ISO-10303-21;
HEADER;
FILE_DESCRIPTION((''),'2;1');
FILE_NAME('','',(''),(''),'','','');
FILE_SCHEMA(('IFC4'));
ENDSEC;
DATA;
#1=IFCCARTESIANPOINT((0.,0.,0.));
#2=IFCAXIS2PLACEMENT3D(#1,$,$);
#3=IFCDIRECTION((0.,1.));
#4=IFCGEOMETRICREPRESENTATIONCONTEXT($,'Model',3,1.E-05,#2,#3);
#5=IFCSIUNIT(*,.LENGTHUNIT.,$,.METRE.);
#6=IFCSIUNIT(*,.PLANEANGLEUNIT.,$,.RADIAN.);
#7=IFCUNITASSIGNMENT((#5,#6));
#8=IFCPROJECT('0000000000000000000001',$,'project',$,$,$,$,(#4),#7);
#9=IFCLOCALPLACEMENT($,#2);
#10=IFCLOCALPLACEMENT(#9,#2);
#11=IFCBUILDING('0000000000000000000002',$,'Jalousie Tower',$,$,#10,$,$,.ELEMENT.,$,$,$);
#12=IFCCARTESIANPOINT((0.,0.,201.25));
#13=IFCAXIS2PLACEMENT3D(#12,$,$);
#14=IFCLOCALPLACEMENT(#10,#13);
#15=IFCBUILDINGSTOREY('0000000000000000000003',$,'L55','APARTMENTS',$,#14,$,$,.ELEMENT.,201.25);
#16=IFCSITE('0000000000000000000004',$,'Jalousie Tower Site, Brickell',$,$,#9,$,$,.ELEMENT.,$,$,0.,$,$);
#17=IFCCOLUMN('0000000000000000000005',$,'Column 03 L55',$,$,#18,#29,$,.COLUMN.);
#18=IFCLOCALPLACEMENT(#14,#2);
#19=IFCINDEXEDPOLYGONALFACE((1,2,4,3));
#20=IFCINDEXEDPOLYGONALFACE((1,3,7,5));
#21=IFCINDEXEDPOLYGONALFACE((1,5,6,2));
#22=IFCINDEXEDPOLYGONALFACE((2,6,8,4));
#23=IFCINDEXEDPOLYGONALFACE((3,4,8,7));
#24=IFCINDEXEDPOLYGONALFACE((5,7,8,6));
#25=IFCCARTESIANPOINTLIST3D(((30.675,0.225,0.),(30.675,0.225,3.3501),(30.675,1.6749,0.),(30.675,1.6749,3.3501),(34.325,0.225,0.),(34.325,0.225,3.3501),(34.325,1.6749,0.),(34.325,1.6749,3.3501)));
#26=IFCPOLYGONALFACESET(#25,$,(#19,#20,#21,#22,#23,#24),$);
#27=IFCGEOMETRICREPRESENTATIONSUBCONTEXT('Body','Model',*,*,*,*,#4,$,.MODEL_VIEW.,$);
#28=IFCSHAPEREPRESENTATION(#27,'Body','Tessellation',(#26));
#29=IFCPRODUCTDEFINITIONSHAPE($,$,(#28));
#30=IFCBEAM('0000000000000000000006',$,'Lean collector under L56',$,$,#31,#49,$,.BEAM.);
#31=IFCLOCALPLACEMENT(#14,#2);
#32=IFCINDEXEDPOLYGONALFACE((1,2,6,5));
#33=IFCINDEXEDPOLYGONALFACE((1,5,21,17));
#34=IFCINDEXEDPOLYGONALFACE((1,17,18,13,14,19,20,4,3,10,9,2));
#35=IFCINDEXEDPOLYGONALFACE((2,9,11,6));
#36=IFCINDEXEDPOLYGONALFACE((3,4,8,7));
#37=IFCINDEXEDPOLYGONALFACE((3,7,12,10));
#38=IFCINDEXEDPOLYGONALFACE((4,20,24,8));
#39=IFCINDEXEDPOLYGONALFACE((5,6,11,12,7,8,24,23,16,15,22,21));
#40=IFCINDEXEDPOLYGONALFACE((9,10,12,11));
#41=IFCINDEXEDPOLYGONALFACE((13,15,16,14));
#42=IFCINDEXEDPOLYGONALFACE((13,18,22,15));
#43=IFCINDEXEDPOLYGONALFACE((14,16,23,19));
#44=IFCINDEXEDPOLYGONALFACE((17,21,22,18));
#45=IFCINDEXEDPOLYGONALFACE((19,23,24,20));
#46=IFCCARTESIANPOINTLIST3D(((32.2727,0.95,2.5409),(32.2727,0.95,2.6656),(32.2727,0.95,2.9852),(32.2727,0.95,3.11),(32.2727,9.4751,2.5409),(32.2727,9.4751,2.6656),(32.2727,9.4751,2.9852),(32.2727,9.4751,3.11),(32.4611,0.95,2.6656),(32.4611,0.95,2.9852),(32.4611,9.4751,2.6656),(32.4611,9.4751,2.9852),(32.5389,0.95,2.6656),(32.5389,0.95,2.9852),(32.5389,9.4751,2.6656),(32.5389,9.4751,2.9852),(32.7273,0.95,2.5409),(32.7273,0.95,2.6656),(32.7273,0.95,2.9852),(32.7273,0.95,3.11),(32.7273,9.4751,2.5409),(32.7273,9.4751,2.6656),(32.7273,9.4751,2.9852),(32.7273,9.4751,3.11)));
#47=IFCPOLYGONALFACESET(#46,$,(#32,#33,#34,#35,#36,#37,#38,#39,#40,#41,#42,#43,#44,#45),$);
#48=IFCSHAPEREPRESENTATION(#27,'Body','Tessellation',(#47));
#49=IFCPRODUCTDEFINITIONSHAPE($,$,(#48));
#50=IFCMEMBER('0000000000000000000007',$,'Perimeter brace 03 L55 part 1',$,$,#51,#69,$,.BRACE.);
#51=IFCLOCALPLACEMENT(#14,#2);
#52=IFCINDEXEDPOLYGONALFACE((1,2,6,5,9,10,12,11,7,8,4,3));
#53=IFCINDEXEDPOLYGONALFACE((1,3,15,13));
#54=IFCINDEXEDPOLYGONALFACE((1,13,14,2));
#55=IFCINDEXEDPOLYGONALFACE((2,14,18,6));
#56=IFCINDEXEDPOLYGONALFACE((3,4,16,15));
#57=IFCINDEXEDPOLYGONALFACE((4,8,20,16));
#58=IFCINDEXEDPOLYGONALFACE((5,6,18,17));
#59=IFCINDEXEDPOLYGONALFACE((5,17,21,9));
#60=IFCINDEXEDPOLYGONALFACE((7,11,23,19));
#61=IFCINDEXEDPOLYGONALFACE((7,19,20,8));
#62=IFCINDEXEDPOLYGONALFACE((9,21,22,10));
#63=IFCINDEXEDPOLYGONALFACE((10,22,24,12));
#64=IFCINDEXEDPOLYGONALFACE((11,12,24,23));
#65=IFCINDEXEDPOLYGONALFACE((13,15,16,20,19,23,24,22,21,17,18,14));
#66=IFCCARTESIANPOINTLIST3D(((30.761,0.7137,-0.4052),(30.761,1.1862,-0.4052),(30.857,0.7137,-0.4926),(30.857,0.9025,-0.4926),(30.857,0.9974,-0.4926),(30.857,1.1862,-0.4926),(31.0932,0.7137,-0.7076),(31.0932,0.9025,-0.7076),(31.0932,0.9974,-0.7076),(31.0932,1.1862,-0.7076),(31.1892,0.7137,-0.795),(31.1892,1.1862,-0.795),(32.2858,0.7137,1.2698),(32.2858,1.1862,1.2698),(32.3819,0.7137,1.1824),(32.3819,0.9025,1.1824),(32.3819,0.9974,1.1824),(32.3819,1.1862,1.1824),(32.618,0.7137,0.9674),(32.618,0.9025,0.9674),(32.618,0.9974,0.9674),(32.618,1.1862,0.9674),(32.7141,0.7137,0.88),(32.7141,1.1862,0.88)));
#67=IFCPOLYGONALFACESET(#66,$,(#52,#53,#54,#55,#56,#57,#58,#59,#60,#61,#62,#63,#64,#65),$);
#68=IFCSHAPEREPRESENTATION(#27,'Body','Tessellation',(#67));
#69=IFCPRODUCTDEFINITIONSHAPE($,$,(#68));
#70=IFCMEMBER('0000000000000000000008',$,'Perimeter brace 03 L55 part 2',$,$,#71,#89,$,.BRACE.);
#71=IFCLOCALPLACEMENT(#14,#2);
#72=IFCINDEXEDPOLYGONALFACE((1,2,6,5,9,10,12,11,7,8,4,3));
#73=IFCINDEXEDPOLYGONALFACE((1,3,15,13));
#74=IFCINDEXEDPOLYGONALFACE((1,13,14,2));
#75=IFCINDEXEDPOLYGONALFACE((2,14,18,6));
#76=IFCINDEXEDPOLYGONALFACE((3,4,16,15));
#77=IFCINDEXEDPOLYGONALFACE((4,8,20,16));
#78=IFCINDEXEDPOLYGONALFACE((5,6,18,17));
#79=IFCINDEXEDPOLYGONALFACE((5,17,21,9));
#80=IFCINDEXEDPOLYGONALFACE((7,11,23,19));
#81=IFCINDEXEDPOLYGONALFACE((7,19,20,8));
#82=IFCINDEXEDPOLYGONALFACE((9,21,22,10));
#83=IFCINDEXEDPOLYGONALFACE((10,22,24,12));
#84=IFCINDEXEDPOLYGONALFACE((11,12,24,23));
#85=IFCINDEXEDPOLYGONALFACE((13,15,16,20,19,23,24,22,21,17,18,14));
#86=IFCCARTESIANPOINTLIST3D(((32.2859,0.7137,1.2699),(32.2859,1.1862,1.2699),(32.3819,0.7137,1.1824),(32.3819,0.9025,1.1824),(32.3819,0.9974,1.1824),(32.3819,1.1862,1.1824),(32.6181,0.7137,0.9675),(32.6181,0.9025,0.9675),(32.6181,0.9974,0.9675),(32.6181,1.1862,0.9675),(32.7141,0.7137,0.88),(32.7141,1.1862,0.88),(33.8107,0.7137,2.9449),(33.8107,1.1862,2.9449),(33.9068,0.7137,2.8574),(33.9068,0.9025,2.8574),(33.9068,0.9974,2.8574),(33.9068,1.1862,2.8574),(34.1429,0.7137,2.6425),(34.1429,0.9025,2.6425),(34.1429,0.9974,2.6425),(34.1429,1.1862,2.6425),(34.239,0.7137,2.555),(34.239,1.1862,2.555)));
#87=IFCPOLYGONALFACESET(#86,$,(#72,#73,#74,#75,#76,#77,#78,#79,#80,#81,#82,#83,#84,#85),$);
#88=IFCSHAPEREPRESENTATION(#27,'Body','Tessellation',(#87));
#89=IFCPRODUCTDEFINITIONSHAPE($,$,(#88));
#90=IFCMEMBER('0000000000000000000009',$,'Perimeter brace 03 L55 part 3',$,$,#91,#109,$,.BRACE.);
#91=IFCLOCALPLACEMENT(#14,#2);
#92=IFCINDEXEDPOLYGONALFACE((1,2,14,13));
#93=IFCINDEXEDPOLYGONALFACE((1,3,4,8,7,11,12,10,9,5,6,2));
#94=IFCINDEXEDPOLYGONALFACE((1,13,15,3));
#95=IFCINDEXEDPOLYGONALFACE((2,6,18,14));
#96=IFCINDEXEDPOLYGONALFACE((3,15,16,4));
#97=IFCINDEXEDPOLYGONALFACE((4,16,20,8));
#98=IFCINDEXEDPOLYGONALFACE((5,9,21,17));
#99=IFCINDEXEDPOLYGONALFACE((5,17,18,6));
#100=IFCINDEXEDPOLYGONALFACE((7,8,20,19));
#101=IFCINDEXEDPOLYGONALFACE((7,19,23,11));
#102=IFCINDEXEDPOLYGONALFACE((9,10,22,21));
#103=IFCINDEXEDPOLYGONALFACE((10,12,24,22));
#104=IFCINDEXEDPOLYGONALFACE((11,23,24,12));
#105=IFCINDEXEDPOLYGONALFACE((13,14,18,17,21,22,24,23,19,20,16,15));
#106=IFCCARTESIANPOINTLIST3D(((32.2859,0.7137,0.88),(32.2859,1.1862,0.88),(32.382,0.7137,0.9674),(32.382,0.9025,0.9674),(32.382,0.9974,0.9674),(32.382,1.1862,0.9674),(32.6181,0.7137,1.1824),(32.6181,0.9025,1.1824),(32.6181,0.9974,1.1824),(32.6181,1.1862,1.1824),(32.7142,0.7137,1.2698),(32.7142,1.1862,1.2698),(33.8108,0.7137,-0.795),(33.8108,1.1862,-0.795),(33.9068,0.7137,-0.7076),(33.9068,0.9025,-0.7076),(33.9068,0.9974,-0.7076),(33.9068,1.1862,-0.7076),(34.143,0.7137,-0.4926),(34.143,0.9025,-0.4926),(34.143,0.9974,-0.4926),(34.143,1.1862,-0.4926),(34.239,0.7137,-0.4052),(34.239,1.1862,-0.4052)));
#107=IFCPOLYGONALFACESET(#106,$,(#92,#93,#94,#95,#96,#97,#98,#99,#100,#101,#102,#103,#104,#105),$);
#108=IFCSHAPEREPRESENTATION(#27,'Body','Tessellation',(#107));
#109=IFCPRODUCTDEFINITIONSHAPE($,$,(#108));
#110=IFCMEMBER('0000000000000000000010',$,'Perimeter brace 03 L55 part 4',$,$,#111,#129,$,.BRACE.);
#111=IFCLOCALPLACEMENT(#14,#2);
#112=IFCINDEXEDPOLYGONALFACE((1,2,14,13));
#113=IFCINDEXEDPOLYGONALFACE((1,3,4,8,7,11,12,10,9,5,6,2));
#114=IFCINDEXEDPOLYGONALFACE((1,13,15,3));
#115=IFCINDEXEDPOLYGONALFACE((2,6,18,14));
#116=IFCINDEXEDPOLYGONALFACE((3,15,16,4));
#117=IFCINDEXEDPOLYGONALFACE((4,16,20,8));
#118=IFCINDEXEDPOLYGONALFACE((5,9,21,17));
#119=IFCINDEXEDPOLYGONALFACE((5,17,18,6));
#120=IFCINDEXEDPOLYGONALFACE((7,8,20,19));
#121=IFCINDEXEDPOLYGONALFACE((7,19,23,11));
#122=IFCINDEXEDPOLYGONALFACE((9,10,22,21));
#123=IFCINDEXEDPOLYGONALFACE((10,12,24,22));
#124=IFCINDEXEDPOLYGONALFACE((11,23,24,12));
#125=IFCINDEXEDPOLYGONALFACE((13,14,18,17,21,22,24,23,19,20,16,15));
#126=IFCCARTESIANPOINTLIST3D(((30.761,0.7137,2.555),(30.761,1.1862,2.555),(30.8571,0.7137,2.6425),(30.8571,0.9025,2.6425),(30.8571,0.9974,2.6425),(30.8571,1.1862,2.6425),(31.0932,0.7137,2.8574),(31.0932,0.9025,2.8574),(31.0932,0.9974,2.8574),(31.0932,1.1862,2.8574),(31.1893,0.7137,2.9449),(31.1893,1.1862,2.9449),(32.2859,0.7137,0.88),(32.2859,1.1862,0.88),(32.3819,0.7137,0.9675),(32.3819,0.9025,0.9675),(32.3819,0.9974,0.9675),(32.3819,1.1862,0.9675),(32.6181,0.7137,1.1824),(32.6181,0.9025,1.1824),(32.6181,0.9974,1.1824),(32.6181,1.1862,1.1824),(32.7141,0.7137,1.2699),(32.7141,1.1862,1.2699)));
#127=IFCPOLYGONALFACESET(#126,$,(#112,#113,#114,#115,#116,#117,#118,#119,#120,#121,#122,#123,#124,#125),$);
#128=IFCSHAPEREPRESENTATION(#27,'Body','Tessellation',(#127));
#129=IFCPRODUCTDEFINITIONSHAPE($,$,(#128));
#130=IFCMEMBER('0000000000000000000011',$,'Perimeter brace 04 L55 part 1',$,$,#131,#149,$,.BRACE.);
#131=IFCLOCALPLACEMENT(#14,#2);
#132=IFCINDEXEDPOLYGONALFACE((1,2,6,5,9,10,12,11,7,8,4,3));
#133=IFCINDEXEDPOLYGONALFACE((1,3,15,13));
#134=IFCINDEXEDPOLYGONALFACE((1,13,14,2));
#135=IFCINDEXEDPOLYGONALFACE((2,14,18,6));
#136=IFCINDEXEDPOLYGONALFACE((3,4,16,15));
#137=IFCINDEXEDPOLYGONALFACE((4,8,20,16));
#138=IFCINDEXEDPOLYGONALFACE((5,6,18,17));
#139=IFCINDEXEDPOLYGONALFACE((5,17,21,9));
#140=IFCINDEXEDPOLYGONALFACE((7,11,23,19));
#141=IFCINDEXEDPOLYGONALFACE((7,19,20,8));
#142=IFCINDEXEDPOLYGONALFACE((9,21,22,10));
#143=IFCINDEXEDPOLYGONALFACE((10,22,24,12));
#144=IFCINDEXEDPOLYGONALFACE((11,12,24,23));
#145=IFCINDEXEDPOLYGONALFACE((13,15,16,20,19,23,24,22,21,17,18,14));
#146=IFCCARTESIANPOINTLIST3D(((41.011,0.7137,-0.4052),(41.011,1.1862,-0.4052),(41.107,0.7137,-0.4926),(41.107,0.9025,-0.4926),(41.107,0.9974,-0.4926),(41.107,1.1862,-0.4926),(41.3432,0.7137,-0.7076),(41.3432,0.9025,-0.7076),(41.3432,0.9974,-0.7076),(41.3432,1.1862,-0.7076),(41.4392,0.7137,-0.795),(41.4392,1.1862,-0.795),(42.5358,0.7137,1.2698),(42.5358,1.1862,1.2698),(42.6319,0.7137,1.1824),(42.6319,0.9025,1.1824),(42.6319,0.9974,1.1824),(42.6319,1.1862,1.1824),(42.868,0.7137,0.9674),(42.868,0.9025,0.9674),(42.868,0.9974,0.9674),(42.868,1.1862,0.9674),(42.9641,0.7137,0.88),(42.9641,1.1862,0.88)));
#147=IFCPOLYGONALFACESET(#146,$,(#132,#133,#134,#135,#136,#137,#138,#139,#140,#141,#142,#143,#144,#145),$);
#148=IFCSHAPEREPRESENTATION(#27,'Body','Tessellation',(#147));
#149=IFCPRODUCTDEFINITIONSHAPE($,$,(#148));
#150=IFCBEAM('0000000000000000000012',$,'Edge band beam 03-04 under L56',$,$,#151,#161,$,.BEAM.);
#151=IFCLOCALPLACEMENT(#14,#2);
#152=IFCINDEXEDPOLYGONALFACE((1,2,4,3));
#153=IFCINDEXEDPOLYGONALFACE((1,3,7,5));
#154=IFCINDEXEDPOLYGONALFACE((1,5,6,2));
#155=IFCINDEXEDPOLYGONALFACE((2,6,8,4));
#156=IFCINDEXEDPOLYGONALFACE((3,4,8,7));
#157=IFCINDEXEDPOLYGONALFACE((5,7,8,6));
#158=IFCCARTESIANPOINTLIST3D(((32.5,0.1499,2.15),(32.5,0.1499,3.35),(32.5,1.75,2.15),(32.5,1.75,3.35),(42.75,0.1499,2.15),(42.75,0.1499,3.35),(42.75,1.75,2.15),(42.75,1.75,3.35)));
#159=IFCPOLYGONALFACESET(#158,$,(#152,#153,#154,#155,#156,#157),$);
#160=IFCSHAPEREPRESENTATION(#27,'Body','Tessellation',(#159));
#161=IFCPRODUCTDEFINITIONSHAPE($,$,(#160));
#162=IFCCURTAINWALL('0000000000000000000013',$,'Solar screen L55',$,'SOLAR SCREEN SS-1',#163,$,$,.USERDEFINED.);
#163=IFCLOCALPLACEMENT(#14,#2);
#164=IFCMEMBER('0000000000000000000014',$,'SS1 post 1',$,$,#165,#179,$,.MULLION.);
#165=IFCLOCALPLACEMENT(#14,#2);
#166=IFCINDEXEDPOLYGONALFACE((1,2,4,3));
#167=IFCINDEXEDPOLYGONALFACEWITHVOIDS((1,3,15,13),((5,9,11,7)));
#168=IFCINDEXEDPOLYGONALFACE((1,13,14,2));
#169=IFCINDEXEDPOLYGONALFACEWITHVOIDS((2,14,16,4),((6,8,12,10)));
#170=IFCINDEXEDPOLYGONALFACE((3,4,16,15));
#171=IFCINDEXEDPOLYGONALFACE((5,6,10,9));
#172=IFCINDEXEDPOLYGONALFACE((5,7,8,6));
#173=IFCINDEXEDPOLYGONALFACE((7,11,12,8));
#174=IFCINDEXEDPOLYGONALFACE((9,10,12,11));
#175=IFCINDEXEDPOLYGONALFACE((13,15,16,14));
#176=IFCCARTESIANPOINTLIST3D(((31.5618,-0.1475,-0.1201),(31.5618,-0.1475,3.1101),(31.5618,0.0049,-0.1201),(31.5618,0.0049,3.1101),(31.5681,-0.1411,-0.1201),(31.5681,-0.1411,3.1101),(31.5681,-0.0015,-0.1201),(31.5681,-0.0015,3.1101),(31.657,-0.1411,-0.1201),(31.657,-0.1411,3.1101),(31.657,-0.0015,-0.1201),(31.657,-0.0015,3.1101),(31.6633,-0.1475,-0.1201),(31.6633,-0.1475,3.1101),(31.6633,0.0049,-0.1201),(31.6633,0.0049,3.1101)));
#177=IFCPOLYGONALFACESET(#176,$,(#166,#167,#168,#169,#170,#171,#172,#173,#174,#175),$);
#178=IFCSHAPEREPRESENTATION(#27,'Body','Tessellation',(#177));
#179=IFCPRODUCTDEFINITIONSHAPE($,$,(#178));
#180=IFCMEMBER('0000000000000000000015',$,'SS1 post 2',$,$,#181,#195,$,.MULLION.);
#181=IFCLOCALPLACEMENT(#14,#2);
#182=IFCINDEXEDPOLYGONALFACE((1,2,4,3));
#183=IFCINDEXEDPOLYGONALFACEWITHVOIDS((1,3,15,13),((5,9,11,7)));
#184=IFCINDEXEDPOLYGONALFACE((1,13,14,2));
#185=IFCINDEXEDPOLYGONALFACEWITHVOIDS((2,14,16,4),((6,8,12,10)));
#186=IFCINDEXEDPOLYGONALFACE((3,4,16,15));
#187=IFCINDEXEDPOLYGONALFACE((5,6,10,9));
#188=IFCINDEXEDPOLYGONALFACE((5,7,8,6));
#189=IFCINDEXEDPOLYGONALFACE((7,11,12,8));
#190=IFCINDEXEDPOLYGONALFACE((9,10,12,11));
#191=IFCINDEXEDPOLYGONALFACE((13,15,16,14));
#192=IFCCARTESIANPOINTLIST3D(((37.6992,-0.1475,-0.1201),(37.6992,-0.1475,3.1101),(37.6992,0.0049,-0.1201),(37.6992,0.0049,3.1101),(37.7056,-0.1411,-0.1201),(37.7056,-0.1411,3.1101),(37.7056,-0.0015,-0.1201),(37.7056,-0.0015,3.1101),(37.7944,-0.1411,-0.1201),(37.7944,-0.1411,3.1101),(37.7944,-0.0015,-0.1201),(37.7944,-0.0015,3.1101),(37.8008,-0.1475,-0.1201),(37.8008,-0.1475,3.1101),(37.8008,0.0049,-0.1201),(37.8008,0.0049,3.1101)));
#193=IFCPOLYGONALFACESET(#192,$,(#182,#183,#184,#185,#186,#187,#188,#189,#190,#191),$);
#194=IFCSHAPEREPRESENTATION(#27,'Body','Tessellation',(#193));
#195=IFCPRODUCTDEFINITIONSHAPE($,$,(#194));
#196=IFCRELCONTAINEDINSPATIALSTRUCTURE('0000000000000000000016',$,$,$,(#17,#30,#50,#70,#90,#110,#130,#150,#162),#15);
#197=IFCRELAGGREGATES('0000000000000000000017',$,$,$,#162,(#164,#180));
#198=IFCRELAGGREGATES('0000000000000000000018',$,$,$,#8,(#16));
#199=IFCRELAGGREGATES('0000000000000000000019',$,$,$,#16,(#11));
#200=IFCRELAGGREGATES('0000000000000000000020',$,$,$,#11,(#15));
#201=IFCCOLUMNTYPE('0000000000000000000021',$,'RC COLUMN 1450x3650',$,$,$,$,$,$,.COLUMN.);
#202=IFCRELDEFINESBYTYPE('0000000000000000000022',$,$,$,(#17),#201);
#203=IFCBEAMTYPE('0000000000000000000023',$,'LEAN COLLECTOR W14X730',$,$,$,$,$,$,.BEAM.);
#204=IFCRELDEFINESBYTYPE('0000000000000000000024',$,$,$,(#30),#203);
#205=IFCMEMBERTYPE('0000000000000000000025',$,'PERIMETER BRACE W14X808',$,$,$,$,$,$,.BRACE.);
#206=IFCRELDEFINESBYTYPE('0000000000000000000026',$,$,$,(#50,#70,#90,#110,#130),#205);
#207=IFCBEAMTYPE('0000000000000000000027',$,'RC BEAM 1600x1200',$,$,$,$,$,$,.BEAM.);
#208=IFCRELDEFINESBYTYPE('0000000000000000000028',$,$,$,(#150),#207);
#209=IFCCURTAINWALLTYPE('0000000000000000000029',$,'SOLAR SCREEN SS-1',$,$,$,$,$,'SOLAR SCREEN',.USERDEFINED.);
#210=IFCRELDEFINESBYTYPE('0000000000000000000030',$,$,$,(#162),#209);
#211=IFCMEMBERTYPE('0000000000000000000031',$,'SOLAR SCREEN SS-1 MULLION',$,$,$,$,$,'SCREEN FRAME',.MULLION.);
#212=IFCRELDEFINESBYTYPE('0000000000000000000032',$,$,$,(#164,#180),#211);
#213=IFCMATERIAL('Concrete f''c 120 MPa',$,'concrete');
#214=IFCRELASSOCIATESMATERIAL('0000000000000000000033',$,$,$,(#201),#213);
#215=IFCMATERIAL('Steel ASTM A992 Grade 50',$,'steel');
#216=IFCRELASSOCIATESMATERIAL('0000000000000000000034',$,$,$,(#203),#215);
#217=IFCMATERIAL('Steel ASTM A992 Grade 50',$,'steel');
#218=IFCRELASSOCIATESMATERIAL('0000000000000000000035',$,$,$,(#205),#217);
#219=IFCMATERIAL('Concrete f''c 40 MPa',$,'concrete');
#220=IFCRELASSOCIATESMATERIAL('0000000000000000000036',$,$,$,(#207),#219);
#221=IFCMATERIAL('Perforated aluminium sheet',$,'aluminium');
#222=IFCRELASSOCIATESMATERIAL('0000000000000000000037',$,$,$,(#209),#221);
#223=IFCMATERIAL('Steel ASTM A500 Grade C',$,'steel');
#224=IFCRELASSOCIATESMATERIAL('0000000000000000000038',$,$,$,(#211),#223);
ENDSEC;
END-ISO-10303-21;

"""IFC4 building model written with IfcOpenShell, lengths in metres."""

from ifc_helpers import new_model, si_unit, direction, frame, origin, origin_2d, place, context, subcontext, project, spatial, rectangle, hollow_rectangle, i_section, extrude, material, material_profile, profile_set, type_object, element, aggregate, save


model = new_model("IFC4")

# Units and contexts
model_context = context("Model", 3, precision=1e-05, world=origin(), true_north=direction((0.0, 1.0)))
body_context = subcontext(model_context, "Body", "Model", "MODEL_VIEW")
ifc_project = project(units=[si_unit("LENGTHUNIT", "METRE"), si_unit("PLANEANGLEUNIT", "RADIAN")], contexts=[model_context])

# Site, building, storey
site_placement = place(None, origin())
site = spatial("IfcSite", under=ifc_project, at=site_placement, Name="Jalousie Tower Site, Brickell", CompositionType="ELEMENT", RefElevation=0.0)
building_placement = place(site_placement, origin())
building = spatial("IfcBuilding", under=site, at=building_placement, Name="Jalousie Tower", CompositionType="ELEMENT")
storey_placement = place(building_placement, frame((0.0, 0.0, 201.25)))
storey = spatial("IfcBuildingStorey", under=building, at=storey_placement, Name="L55", Description="APARTMENTS", CompositionType="ELEMENT", Elevation=201.25)

# Column
ifc_material_1 = material(Name="Concrete f'c 120 MPa", Category="concrete")
ifc_material_profile_1 = material_profile(ifc_material_1, rectangle(XDim=1.45, YDim=3.6499, at=origin_2d()), Name="RC 1450x3650")
ifc_profile_set_1 = profile_set([ifc_material_profile_1], Name="Concrete f'c 120 MPa")
column_type = type_object("IfcColumnType", Name="RC COLUMN 1450x3650", PredefinedType="COLUMN", material=ifc_profile_set_1)
column_placement = place(storey_placement, frame((32.5, 0.95, 0.0), z_axis=(0.0, 0.0, 1.0), x_axis=(0.0, 1.0, 0.0)))
element("IfcColumn", 1, at=column_placement, inside=storey, type_object=column_type, Name="Column 03 L55", PredefinedType="COLUMN", context=body_context, shape_type="SweptSolid", body=[
    extrude(rectangle(XDim=1.45, YDim=3.6499, at=origin_2d()), origin(), (0.0, 0.0, 1.0), 3.3501),
])

# Beam
ifc_material_2 = material(Name="Steel ASTM A992 Grade 50", Category="steel")
ifc_material_profile_2 = material_profile(ifc_material_2, i_section(OverallWidth=0.4546, OverallDepth=0.5691, WebThickness=0.0779, FlangeThickness=0.1248, at=origin_2d()), Name="W14X730")
ifc_profile_set_2 = profile_set([ifc_material_profile_2], Name="Steel ASTM A992 Grade 50")
beam_type_1 = type_object("IfcBeamType", Name="LEAN COLLECTOR W14X730", PredefinedType="BEAM", material=ifc_profile_set_2)
beam_1_placement = place(storey_placement, frame((32.5, 0.95, 2.8254), z_axis=(0.0, 1.0, 0.0), x_axis=(-1.0, 0.0, 0.0)))
element("IfcBeam", 2, at=beam_1_placement, inside=storey, type_object=beam_type_1, Name="Lean collector under L56", PredefinedType="BEAM", context=body_context, shape_type="SweptSolid", body=[
    extrude(i_section(OverallWidth=0.4546, OverallDepth=0.5691, WebThickness=0.0779, FlangeThickness=0.1248, at=origin_2d()), origin(), (0.0, 0.0, 1.0), 8.5251),
])

# Members
ifc_material_3 = material(Name="Steel ASTM A992 Grade 50", Category="steel")
ifc_material_profile_3 = material_profile(ifc_material_3, i_section(OverallWidth=0.4724, OverallDepth=0.5791, WebThickness=0.095, FlangeThickness=0.1299, at=origin_2d()), Name="W14X808")
ifc_profile_set_3 = profile_set([ifc_material_profile_3], Name="Steel ASTM A992 Grade 50")
member_type_1 = type_object("IfcMemberType", Name="PERIMETER BRACE W14X808", PredefinedType="BRACE", material=ifc_profile_set_3)
for number, where, z_axis, x_axis, name in (
    (3, (30.9751, 0.95, -0.6001), (0.673188, 0.0, 0.739472), (0.0, 1.0, 0.0), "Perimeter brace 03 L55 part 1"),
    (4, (32.5, 0.95, 1.075), (0.673188, 0.0, 0.739472), (0.0, 1.0, 0.0), "Perimeter brace 03 L55 part 2"),
    (5, (34.0249, 0.95, -0.6001), (-0.673188, 0.0, 0.739472), (0.0, -1.0, 0.0), "Perimeter brace 03 L55 part 3"),
    (6, (32.5, 0.95, 1.075), (-0.673188, 0.0, 0.739472), (0.0, -1.0, 0.0), "Perimeter brace 03 L55 part 4"),
    (7, (41.2251, 0.95, -0.6001), (0.673188, 0.0, 0.739472), (0.0, 1.0, 0.0), "Perimeter brace 04 L55 part 1"),
):
    element("IfcMember", number, at=place(storey_placement, frame(where, z_axis=z_axis, x_axis=x_axis)), inside=storey, type_object=member_type_1, Name=name, PredefinedType="BRACE", context=body_context, shape_type="SweptSolid", body=[
        extrude(i_section(OverallWidth=0.4724, OverallDepth=0.5791, WebThickness=0.095, FlangeThickness=0.1299, at=origin_2d()), origin(), (0.0, 0.0, 1.0), 2.2651),
    ])

# Beam
ifc_material_4 = material(Name="Concrete f'c 40 MPa", Category="concrete")
ifc_material_profile_4 = material_profile(ifc_material_4, rectangle(XDim=1.6001, YDim=1.2, at=origin_2d()), Name="RC 1600x1200")
ifc_profile_set_4 = profile_set([ifc_material_profile_4], Name="Concrete f'c 40 MPa")
beam_type_2 = type_object("IfcBeamType", Name="RC BEAM 1600x1200", PredefinedType="BEAM", material=ifc_profile_set_4)
beam_2_placement = place(storey_placement, frame((32.5, 0.95, 2.75), z_axis=(1.0, 0.0, 0.0), x_axis=(0.0, 1.0, 0.0)))
element("IfcBeam", 8, at=beam_2_placement, inside=storey, type_object=beam_type_2, Name="Edge band beam 03-04 under L56", PredefinedType="BEAM", context=body_context, shape_type="SweptSolid", body=[
    extrude(rectangle(XDim=1.6001, YDim=1.2, at=origin_2d()), origin(), (0.0, 0.0, 1.0), 10.25),
])

# Curtain wall, members
ifc_material_5 = material(Name="Perforated aluminium sheet", Category="aluminium")
curtain_wall_type = type_object("IfcCurtainWallType", Name="SOLAR SCREEN SS-1", ElementType="SOLAR SCREEN", PredefinedType="USERDEFINED", material=ifc_material_5)
curtain_wall_1_placement = place(storey_placement, origin())
curtain_wall_1 = element("IfcCurtainWall", 9, at=curtain_wall_1_placement, inside=storey, type_object=curtain_wall_type, Name="Solar screen L55", ObjectType="SOLAR SCREEN SS-1", PredefinedType="USERDEFINED")
ifc_material_6 = material(Name="Steel ASTM A500 Grade C", Category="steel")
ifc_material_profile_5 = material_profile(ifc_material_6, hollow_rectangle(XDim=0.1016, YDim=0.1523, WallThickness=0.0063, at=origin_2d()), Name="HSS6X4X1/4")
ifc_profile_set_5 = profile_set([ifc_material_profile_5], Name="Steel ASTM A500 Grade C")
member_type_2 = type_object("IfcMemberType", Name="SOLAR SCREEN SS-1 MULLION", ElementType="SCREEN FRAME", PredefinedType="MULLION", material=ifc_profile_set_5)
member_1_placement = place(storey_placement, frame((31.6125, -0.0713, -0.1201), z_axis=(0.0, 0.0, 1.0), x_axis=(1.0, 0.0, 0.0)))
member_1 = element("IfcMember", 10, at=member_1_placement, type_object=member_type_2, Name="SS1 post 1", PredefinedType="MULLION", context=body_context, shape_type="SweptSolid", body=[
    extrude(hollow_rectangle(XDim=0.1016, YDim=0.1523, WallThickness=0.0063, at=origin_2d()), origin(), (0.0, 0.0, 1.0), 3.2302),
])
member_2_placement = place(storey_placement, frame((37.75, -0.0713, -0.1201), z_axis=(0.0, 0.0, 1.0), x_axis=(1.0, 0.0, 0.0)))
member_2 = element("IfcMember", 11, at=member_2_placement, type_object=member_type_2, Name="SS1 post 2", PredefinedType="MULLION", context=body_context, shape_type="SweptSolid", body=[
    extrude(hollow_rectangle(XDim=0.1016, YDim=0.1523, WallThickness=0.0063, at=origin_2d()), origin(), (0.0, 0.0, 1.0), 3.2302),
])

aggregate(curtain_wall_1, [member_1, member_2])

save(model, "model.ifc")
